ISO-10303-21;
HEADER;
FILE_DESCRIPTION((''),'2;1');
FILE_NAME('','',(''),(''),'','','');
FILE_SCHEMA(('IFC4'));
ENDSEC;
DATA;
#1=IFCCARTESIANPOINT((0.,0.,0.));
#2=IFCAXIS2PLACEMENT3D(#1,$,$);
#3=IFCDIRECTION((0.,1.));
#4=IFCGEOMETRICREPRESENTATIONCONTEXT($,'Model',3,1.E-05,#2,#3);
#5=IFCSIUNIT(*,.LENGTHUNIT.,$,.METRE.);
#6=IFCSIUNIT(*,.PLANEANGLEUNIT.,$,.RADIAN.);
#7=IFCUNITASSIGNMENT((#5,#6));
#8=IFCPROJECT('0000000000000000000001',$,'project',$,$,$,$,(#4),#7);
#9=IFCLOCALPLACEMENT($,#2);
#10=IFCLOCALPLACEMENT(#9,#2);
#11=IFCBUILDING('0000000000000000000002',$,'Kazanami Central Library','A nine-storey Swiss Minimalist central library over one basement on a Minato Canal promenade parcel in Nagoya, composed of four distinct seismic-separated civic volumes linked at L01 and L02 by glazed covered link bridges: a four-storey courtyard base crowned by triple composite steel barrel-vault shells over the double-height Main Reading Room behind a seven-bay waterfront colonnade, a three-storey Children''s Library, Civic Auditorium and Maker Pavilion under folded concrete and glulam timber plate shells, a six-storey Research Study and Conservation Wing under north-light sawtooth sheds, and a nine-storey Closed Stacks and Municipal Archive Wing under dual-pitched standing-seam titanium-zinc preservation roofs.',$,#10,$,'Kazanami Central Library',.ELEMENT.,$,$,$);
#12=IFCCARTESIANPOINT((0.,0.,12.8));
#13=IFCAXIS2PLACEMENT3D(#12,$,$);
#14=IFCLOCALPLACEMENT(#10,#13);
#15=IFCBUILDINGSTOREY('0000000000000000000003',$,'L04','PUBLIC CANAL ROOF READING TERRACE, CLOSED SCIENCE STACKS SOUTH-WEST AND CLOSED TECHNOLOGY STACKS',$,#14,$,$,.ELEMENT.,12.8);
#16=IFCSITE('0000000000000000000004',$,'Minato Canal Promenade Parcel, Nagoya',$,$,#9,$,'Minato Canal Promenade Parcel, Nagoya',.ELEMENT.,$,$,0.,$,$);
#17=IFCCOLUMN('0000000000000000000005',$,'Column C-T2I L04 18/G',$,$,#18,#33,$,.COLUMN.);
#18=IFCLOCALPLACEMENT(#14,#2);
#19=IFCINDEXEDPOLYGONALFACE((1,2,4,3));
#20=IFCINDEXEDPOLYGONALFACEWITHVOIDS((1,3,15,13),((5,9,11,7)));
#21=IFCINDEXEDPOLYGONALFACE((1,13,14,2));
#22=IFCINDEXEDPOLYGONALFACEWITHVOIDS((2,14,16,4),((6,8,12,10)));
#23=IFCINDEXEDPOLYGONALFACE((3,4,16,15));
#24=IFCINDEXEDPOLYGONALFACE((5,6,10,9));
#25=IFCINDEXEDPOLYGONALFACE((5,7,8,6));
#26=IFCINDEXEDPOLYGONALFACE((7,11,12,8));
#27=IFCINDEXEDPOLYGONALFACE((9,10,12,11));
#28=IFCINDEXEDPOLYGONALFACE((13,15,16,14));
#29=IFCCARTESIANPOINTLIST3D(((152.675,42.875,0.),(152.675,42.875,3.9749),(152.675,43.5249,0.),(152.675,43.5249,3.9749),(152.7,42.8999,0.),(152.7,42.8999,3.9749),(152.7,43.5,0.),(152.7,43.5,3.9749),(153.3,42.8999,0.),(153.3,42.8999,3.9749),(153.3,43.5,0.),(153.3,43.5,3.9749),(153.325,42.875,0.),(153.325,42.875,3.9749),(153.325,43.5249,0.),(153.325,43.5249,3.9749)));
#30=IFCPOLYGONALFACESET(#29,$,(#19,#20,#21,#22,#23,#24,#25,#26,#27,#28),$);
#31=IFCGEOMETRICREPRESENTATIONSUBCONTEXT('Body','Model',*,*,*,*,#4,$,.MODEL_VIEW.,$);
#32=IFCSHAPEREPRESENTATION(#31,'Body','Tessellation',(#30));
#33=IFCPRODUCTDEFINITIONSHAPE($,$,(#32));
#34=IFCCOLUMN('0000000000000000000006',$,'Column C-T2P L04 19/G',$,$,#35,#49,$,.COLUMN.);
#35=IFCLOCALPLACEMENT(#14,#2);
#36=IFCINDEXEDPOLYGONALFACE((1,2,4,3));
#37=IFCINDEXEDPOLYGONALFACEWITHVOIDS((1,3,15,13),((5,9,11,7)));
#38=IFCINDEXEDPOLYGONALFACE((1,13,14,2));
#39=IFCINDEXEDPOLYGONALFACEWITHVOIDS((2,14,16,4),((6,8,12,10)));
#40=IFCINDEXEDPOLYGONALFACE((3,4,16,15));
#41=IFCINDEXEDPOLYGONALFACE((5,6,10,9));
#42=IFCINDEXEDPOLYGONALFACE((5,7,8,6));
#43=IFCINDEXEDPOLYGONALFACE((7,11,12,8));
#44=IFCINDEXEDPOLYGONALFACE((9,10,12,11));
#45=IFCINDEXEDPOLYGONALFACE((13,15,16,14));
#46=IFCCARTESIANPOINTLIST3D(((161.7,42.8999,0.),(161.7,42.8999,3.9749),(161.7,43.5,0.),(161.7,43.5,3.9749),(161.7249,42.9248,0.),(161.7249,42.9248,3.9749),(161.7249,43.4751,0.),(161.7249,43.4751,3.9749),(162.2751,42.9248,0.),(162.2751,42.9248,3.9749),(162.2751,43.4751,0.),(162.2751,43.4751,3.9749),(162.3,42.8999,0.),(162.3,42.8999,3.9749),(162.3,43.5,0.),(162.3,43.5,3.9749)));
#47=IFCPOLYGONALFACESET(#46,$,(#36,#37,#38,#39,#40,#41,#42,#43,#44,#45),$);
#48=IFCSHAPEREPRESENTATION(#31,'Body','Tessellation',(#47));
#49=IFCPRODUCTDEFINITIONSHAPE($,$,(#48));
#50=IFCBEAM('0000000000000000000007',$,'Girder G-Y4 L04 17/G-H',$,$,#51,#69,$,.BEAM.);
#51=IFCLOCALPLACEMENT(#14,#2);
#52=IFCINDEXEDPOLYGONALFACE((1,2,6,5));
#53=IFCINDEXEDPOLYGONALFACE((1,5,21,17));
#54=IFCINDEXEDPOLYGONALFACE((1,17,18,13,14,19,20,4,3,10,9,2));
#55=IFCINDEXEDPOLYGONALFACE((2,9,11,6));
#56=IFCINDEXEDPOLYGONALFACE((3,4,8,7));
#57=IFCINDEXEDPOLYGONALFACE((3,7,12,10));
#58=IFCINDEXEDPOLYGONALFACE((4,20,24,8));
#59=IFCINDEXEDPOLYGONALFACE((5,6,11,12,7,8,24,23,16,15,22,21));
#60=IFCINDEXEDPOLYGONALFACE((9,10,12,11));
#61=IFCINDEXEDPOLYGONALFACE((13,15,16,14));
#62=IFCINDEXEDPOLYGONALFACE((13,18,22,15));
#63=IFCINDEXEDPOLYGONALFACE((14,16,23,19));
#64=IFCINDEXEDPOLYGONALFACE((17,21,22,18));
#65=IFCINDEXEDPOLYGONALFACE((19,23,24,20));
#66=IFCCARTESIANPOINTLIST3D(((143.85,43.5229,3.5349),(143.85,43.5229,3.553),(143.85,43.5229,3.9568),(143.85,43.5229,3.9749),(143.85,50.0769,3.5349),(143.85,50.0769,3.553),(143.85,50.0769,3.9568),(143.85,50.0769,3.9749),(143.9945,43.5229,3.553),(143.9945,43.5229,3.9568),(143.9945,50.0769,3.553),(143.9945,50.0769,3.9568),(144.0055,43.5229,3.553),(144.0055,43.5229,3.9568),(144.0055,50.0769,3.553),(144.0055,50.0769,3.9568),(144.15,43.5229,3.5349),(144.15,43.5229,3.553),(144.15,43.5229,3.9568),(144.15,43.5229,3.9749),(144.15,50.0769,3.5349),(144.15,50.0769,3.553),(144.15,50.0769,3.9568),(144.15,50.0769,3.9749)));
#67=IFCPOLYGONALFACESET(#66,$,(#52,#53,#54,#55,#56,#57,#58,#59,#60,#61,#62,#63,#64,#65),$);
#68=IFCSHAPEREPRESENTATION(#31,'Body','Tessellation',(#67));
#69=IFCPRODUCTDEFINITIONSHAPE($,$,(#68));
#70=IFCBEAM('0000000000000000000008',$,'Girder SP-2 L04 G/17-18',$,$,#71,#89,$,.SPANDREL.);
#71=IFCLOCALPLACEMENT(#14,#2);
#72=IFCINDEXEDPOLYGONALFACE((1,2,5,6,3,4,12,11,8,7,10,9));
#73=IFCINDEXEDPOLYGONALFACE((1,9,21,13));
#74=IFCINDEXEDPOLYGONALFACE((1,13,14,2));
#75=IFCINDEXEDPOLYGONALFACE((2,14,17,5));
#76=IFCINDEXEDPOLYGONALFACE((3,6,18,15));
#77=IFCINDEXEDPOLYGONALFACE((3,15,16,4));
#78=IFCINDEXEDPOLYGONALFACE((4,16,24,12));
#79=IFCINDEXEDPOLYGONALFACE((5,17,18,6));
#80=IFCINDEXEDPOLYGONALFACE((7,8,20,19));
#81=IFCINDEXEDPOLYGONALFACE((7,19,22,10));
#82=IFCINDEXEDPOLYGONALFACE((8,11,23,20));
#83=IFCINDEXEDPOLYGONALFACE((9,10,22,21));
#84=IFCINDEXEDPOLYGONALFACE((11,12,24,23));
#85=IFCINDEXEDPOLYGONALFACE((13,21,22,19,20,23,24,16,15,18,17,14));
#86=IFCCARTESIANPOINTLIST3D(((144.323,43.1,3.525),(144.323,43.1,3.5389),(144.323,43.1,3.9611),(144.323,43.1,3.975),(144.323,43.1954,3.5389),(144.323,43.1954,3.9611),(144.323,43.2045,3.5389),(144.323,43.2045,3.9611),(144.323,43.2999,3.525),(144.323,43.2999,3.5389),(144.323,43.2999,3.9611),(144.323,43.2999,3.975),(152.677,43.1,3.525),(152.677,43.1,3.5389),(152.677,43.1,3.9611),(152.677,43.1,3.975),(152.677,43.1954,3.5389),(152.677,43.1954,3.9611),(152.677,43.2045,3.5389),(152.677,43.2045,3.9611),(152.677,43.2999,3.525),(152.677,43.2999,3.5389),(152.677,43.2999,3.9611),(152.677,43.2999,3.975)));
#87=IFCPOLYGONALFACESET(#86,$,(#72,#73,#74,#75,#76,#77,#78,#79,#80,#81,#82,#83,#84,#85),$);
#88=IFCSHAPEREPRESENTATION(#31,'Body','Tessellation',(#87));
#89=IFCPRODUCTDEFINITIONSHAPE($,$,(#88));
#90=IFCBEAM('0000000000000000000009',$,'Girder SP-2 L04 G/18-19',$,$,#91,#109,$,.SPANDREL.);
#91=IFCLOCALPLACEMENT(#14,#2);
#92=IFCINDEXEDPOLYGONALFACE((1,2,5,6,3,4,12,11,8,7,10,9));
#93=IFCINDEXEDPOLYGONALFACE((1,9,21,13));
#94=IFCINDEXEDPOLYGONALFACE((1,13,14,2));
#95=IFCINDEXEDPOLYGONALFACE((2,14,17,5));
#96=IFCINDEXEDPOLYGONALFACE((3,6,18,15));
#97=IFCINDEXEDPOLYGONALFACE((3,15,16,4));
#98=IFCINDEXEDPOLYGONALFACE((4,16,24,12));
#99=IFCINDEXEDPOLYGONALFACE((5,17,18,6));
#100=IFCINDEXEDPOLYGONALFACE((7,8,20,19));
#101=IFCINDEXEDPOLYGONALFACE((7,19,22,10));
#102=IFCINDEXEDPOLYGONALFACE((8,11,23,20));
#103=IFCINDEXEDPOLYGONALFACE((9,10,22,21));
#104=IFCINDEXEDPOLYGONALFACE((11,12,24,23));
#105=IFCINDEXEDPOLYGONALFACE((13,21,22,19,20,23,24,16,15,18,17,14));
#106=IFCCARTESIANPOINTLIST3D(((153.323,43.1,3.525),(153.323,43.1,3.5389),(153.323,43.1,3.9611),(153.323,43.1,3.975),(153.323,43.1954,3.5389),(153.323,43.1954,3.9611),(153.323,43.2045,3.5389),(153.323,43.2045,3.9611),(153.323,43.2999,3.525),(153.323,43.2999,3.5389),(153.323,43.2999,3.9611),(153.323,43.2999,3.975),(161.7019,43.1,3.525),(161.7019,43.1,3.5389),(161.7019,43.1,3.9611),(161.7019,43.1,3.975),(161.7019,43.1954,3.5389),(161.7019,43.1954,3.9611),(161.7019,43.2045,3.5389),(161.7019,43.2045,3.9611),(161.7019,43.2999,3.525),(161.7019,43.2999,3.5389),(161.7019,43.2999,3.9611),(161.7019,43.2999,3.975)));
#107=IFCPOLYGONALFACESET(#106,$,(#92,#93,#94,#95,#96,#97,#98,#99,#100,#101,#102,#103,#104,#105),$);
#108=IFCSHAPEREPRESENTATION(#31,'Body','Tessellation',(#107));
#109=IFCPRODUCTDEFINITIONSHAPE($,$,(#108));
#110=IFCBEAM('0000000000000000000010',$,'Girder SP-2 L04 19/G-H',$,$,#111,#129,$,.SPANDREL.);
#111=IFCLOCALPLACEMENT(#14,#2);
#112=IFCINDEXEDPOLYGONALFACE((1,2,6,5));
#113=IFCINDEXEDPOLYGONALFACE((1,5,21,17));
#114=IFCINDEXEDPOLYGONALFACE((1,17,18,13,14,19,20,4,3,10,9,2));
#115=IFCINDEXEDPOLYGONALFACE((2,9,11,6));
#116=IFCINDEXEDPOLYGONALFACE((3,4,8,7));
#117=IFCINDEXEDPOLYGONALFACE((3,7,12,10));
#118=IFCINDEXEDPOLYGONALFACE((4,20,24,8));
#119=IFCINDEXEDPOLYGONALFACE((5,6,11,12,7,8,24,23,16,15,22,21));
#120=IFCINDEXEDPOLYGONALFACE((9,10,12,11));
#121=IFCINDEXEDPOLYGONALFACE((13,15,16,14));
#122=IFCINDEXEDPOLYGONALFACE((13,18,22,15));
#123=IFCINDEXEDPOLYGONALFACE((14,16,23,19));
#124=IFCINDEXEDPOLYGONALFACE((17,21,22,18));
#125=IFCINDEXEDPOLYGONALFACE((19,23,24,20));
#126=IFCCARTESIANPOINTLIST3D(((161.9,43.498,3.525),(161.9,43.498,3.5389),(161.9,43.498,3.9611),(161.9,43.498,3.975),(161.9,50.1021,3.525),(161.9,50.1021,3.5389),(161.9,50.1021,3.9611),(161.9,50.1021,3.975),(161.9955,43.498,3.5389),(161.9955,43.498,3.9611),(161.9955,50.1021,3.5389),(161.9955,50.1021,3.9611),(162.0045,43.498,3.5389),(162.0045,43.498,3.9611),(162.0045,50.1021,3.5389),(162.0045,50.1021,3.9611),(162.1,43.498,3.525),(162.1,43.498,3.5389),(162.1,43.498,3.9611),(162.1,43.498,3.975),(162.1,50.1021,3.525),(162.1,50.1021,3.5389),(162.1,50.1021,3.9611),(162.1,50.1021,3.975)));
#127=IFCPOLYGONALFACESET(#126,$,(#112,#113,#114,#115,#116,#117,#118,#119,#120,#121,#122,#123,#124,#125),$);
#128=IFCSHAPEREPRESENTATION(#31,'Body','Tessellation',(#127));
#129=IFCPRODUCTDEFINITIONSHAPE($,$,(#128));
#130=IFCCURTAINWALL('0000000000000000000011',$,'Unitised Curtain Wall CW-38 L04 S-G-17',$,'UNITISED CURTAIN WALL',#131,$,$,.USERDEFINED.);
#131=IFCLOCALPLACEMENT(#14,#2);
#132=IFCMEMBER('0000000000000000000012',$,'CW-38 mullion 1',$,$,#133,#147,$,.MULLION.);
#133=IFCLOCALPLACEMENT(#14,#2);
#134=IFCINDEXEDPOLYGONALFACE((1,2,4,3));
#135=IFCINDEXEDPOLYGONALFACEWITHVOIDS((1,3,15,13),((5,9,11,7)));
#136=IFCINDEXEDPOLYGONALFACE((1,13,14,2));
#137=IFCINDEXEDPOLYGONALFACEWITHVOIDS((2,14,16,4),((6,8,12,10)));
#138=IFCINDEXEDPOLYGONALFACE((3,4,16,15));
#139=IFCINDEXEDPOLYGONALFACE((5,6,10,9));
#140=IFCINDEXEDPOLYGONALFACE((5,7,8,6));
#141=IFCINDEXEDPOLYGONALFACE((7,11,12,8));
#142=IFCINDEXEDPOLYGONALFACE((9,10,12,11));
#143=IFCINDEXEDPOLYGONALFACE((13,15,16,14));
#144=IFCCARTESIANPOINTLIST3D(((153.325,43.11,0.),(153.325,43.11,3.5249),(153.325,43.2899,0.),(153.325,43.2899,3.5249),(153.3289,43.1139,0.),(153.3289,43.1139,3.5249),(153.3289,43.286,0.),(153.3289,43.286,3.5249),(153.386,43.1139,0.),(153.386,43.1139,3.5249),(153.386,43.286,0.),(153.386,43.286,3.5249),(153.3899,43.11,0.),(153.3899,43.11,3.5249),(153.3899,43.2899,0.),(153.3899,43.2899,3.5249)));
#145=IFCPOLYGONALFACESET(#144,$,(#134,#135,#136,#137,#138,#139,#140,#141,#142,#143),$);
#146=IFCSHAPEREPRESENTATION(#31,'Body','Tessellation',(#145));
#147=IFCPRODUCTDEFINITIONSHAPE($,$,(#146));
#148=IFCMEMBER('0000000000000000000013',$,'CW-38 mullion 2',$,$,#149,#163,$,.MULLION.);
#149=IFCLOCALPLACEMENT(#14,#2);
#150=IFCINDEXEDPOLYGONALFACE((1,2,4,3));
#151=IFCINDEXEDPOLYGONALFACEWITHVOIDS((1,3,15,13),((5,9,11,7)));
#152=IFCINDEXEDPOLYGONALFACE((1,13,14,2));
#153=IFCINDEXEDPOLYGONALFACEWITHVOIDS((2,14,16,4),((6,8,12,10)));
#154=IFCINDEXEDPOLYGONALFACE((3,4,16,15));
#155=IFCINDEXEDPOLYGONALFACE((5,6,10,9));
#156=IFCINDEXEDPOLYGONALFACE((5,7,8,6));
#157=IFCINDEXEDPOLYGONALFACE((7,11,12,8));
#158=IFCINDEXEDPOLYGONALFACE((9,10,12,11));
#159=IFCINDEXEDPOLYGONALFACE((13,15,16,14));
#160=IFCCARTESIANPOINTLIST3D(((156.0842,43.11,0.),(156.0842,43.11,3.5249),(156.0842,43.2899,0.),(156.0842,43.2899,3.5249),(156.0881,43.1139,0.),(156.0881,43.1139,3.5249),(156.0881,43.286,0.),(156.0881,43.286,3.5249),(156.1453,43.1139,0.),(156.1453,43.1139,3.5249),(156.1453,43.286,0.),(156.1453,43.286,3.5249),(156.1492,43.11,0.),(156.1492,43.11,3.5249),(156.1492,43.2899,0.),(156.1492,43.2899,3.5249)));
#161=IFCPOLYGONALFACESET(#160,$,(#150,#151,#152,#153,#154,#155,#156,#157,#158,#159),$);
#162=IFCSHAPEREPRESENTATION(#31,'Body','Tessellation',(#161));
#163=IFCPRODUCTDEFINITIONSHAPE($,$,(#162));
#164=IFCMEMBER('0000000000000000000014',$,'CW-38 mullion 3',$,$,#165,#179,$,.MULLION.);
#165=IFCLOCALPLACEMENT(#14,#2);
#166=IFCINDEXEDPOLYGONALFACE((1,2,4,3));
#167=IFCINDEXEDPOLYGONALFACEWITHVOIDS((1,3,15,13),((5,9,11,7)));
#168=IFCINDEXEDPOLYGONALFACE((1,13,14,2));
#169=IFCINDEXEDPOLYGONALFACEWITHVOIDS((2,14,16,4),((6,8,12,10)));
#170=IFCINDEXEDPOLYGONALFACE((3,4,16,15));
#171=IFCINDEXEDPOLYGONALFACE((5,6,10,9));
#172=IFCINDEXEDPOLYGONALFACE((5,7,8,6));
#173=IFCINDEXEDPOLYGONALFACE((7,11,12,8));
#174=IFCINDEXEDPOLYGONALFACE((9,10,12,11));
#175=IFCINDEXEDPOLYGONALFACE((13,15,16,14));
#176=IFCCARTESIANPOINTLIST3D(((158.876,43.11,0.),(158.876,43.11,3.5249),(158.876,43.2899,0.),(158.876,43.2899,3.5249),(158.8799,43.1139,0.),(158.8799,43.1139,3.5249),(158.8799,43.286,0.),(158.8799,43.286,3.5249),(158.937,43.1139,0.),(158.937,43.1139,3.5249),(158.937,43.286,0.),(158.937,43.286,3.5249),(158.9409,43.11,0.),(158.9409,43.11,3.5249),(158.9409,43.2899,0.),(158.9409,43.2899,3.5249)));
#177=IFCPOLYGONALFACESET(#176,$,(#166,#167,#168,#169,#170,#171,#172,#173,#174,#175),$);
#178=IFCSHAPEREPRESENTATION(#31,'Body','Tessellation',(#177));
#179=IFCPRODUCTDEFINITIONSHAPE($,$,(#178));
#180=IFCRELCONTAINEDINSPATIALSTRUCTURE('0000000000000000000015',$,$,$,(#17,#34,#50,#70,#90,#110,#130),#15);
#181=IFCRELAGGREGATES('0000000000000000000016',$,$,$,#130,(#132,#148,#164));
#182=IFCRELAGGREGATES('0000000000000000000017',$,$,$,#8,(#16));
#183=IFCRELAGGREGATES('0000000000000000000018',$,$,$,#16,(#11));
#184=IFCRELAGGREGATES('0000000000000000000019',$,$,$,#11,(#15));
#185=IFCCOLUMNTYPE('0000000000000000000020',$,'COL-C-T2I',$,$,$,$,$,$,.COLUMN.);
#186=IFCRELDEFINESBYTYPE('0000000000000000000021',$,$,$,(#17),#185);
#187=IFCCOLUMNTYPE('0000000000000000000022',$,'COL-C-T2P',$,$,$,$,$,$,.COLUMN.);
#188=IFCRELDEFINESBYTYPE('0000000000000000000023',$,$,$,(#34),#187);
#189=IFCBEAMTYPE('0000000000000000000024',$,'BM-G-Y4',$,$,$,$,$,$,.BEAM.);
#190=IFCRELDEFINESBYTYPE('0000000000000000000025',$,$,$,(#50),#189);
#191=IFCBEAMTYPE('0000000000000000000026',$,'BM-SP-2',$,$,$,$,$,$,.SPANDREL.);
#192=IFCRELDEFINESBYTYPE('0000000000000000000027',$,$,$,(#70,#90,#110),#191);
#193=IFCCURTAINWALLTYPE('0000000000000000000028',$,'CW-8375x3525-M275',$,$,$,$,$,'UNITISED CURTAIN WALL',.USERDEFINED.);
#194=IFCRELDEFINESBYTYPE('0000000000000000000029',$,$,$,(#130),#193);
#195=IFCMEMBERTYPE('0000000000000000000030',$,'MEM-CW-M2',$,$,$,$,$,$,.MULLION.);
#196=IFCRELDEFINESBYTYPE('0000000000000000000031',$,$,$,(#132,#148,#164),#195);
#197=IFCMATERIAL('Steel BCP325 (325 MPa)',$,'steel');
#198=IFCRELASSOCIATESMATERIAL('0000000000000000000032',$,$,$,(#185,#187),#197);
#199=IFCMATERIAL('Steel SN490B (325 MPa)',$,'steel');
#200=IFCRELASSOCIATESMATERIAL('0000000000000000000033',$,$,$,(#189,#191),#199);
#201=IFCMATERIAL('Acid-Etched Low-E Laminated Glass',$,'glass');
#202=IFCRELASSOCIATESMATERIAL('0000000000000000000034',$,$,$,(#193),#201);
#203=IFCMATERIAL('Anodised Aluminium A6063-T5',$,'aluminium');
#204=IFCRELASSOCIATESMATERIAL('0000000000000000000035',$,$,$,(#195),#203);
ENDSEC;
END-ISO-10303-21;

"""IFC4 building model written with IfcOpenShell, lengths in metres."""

from ifc_helpers import new_model, si_unit, direction, frame, origin, origin_2d, place, context, subcontext, project, spatial, hollow_rectangle, i_section, extrude, material, material_profile, profile_set, type_object, element, aggregate, save


model = new_model("IFC4")

# Units and contexts
model_context = context("Model", 3, precision=1e-05, world=origin(), true_north=direction((0.0, 1.0)))
body_context = subcontext(model_context, "Body", "Model", "MODEL_VIEW")
ifc_project = project(units=[si_unit("LENGTHUNIT", "METRE"), si_unit("PLANEANGLEUNIT", "RADIAN")], contexts=[model_context])

# Site, building, storey
site_placement = place(None, origin())
site = spatial("IfcSite", under=ifc_project, at=site_placement, Name="Minato Canal Promenade Parcel, Nagoya", LongName="Minato Canal Promenade Parcel, Nagoya", CompositionType="ELEMENT", RefElevation=0.0)
building_placement = place(site_placement, origin())
building = spatial("IfcBuilding", under=site, at=building_placement, Name="Kazanami Central Library", Description="A nine-storey Swiss Minimalist central library over one basement on a Minato Canal promenade parcel in Nagoya, composed of four distinct seismic-separated civic volumes linked at L01 and L02 by glazed covered link bridges: a four-storey courtyard base crowned by triple composite steel barrel-vault shells over the double-height Main Reading Room behind a seven-bay waterfront colonnade, a three-storey Children's Library, Civic Auditorium and Maker Pavilion under folded concrete and glulam timber plate shells, a six-storey Research Study and Conservation Wing under north-light sawtooth sheds, and a nine-storey Closed Stacks and Municipal Archive Wing under dual-pitched standing-seam titanium-zinc preservation roofs.", LongName="Kazanami Central Library", CompositionType="ELEMENT")
storey_placement = place(building_placement, frame((0.0, 0.0, 12.8)))
storey = spatial("IfcBuildingStorey", under=building, at=storey_placement, Name="L04", Description="PUBLIC CANAL ROOF READING TERRACE, CLOSED SCIENCE STACKS SOUTH-WEST AND CLOSED TECHNOLOGY STACKS", CompositionType="ELEMENT", Elevation=12.8)

# Columns
ifc_material_1 = material(Name="Steel BCP325 (325 MPa)", Category="steel")
ifc_material_profile_1 = material_profile(ifc_material_1, hollow_rectangle(XDim=0.6499, YDim=0.6499, WallThickness=0.0249, at=origin_2d()), Name="BCP-650x650x25")
ifc_profile_set_1 = profile_set([ifc_material_profile_1], Name="Steel BCP325 (325 MPa)")
column_type_1 = type_object("IfcColumnType", Name="COL-C-T2I", PredefinedType="COLUMN", material=ifc_profile_set_1)
column_1_placement = place(storey_placement, frame((153.0, 43.2, 0.0), z_axis=(0.0, 0.0, 1.0), x_axis=(1.0, 0.0, 0.0)))
element("IfcColumn", 1, at=column_1_placement, inside=storey, type_object=column_type_1, Name="Column C-T2I L04 18/G", PredefinedType="COLUMN", context=body_context, shape_type="SweptSolid", body=[
    extrude(hollow_rectangle(XDim=0.6499, YDim=0.6499, WallThickness=0.0249, at=origin_2d()), origin(), (0.0, 0.0, 1.0), 3.9749),
])
ifc_material_profile_2 = material_profile(ifc_material_1, hollow_rectangle(XDim=0.6001, YDim=0.6001, WallThickness=0.0249, at=origin_2d()), Name="BCP-600x600x25")
ifc_profile_set_2 = profile_set([ifc_material_profile_2], Name="Steel BCP325 (325 MPa)")
column_type_2 = type_object("IfcColumnType", Name="COL-C-T2P", PredefinedType="COLUMN", material=ifc_profile_set_2)
column_2_placement = place(storey_placement, frame((162.0, 43.2, 0.0), z_axis=(0.0, 0.0, 1.0), x_axis=(1.0, 0.0, 0.0)))
element("IfcColumn", 2, at=column_2_placement, inside=storey, type_object=column_type_2, Name="Column C-T2P L04 19/G", PredefinedType="COLUMN", context=body_context, shape_type="SweptSolid", body=[
    extrude(hollow_rectangle(XDim=0.6001, YDim=0.6001, WallThickness=0.0249, at=origin_2d()), origin(), (0.0, 0.0, 1.0), 3.9749),
])

# Beams
ifc_material_2 = material(Name="Steel SN490B (325 MPa)", Category="steel")
ifc_material_profile_3 = material_profile(ifc_material_2, i_section(OverallWidth=0.3, OverallDepth=0.4399, WebThickness=0.011, FlangeThickness=0.0181, at=origin_2d()), Name="H-440x300x11x18")
ifc_profile_set_3 = profile_set([ifc_material_profile_3], Name="Steel SN490B (325 MPa)")
beam_type_1 = type_object("IfcBeamType", Name="BM-G-Y4", PredefinedType="BEAM", material=ifc_profile_set_3)
beam_1_placement = place(storey_placement, frame((144.0, 43.5229, 3.7549), z_axis=(0.0, 1.0, 0.0), x_axis=(-1.0, 0.0, 0.0)))
element("IfcBeam", 3, at=beam_1_placement, inside=storey, type_object=beam_type_1, Name="Girder G-Y4 L04 17/G-H", PredefinedType="BEAM", context=body_context, shape_type="SweptSolid", body=[
    extrude(i_section(OverallWidth=0.3, OverallDepth=0.4399, WebThickness=0.011, FlangeThickness=0.0181, at=origin_2d()), origin(), (0.0, 0.0, 1.0), 6.554),
])
ifc_material_profile_4 = material_profile(ifc_material_2, i_section(OverallWidth=0.2, OverallDepth=0.45, WebThickness=0.009, FlangeThickness=0.0139, at=origin_2d()), Name="H-450x200x9x14")
ifc_profile_set_4 = profile_set([ifc_material_profile_4], Name="Steel SN490B (325 MPa)")
beam_type_2 = type_object("IfcBeamType", Name="BM-SP-2", PredefinedType="SPANDREL", material=ifc_profile_set_4)
beam_2_placement = place(storey_placement, frame((144.323, 43.2, 3.75), z_axis=(1.0, 0.0, 0.0), x_axis=(0.0, 1.0, 0.0)))
element("IfcBeam", 4, at=beam_2_placement, inside=storey, type_object=beam_type_2, Name="Girder SP-2 L04 G/17-18", PredefinedType="SPANDREL", context=body_context, shape_type="SweptSolid", body=[
    extrude(i_section(OverallWidth=0.2, OverallDepth=0.45, WebThickness=0.009, FlangeThickness=0.0139, at=origin_2d()), origin(), (0.0, 0.0, 1.0), 8.354),
])
beam_3_placement = place(storey_placement, frame((153.323, 43.2, 3.75), z_axis=(1.0, 0.0, 0.0), x_axis=(0.0, 1.0, 0.0)))
element("IfcBeam", 5, at=beam_3_placement, inside=storey, type_object=beam_type_2, Name="Girder SP-2 L04 G/18-19", PredefinedType="SPANDREL", context=body_context, shape_type="SweptSolid", body=[
    extrude(i_section(OverallWidth=0.2, OverallDepth=0.45, WebThickness=0.009, FlangeThickness=0.0139, at=origin_2d()), origin(), (0.0, 0.0, 1.0), 8.3789),
])
beam_4_placement = place(storey_placement, frame((162.0, 43.498, 3.75), z_axis=(0.0, 1.0, 0.0), x_axis=(-1.0, 0.0, 0.0)))
element("IfcBeam", 6, at=beam_4_placement, inside=storey, type_object=beam_type_2, Name="Girder SP-2 L04 19/G-H", PredefinedType="SPANDREL", context=body_context, shape_type="SweptSolid", body=[
    extrude(i_section(OverallWidth=0.2, OverallDepth=0.45, WebThickness=0.009, FlangeThickness=0.0139, at=origin_2d()), origin(), (0.0, 0.0, 1.0), 6.604),
])

# Curtain wall, members
ifc_material_3 = material(Name="Acid-Etched Low-E Laminated Glass", Category="glass")
curtain_wall_type = type_object("IfcCurtainWallType", Name="CW-8375x3525-M275", ElementType="UNITISED CURTAIN WALL", PredefinedType="USERDEFINED", material=ifc_material_3)
curtain_wall_placement = place(storey_placement, origin())
curtain_wall = element("IfcCurtainWall", 7, at=curtain_wall_placement, inside=storey, type_object=curtain_wall_type, Name="Unitised Curtain Wall CW-38 L04 S-G-17", ObjectType="UNITISED CURTAIN WALL", PredefinedType="USERDEFINED")
ifc_material_4 = material(Name="Anodised Aluminium A6063-T5", Category="aluminium")
ifc_material_profile_5 = material_profile(ifc_material_4, hollow_rectangle(XDim=0.0649, YDim=0.1799, WallThickness=0.0039, at=origin_2d()), Name="ALU-MULL-65x180x4")
ifc_profile_set_5 = profile_set([ifc_material_profile_5], Name="Anodised Aluminium A6063-T5")
member_type_1 = type_object("IfcMemberType", Name="MEM-CW-M2", PredefinedType="MULLION", material=ifc_profile_set_5)
member_1_placement = place(storey_placement, frame((153.3574, 43.2, 0.0), z_axis=(0.0, 0.0, 1.0), x_axis=(1.0, 0.0, 0.0)))
member_1 = element("IfcMember", 8, at=member_1_placement, type_object=member_type_1, Name="CW-38 mullion 1", PredefinedType="MULLION", context=body_context, shape_type="SweptSolid", body=[
    extrude(hollow_rectangle(XDim=0.0649, YDim=0.1799, WallThickness=0.0039, at=origin_2d()), origin(), (0.0, 0.0, 1.0), 3.5249),
])
member_2_placement = place(storey_placement, frame((156.1167, 43.2, 0.0), z_axis=(0.0, 0.0, 1.0), x_axis=(1.0, 0.0, 0.0)))
member_2 = element("IfcMember", 9, at=member_2_placement, type_object=member_type_1, Name="CW-38 mullion 2", PredefinedType="MULLION", context=body_context, shape_type="SweptSolid", body=[
    extrude(hollow_rectangle(XDim=0.0649, YDim=0.1799, WallThickness=0.0039, at=origin_2d()), origin(), (0.0, 0.0, 1.0), 3.5249),
])
member_3_placement = place(storey_placement, frame((158.9084, 43.2, 0.0), z_axis=(0.0, 0.0, 1.0), x_axis=(1.0, 0.0, 0.0)))
member_3 = element("IfcMember", 10, at=member_3_placement, type_object=member_type_1, Name="CW-38 mullion 3", PredefinedType="MULLION", context=body_context, shape_type="SweptSolid", body=[
    extrude(hollow_rectangle(XDim=0.0649, YDim=0.1799, WallThickness=0.0039, at=origin_2d()), origin(), (0.0, 0.0, 1.0), 3.5249),
])
aggregate(curtain_wall, [member_1, member_2, member_3])

save(model, "model.ifc")
